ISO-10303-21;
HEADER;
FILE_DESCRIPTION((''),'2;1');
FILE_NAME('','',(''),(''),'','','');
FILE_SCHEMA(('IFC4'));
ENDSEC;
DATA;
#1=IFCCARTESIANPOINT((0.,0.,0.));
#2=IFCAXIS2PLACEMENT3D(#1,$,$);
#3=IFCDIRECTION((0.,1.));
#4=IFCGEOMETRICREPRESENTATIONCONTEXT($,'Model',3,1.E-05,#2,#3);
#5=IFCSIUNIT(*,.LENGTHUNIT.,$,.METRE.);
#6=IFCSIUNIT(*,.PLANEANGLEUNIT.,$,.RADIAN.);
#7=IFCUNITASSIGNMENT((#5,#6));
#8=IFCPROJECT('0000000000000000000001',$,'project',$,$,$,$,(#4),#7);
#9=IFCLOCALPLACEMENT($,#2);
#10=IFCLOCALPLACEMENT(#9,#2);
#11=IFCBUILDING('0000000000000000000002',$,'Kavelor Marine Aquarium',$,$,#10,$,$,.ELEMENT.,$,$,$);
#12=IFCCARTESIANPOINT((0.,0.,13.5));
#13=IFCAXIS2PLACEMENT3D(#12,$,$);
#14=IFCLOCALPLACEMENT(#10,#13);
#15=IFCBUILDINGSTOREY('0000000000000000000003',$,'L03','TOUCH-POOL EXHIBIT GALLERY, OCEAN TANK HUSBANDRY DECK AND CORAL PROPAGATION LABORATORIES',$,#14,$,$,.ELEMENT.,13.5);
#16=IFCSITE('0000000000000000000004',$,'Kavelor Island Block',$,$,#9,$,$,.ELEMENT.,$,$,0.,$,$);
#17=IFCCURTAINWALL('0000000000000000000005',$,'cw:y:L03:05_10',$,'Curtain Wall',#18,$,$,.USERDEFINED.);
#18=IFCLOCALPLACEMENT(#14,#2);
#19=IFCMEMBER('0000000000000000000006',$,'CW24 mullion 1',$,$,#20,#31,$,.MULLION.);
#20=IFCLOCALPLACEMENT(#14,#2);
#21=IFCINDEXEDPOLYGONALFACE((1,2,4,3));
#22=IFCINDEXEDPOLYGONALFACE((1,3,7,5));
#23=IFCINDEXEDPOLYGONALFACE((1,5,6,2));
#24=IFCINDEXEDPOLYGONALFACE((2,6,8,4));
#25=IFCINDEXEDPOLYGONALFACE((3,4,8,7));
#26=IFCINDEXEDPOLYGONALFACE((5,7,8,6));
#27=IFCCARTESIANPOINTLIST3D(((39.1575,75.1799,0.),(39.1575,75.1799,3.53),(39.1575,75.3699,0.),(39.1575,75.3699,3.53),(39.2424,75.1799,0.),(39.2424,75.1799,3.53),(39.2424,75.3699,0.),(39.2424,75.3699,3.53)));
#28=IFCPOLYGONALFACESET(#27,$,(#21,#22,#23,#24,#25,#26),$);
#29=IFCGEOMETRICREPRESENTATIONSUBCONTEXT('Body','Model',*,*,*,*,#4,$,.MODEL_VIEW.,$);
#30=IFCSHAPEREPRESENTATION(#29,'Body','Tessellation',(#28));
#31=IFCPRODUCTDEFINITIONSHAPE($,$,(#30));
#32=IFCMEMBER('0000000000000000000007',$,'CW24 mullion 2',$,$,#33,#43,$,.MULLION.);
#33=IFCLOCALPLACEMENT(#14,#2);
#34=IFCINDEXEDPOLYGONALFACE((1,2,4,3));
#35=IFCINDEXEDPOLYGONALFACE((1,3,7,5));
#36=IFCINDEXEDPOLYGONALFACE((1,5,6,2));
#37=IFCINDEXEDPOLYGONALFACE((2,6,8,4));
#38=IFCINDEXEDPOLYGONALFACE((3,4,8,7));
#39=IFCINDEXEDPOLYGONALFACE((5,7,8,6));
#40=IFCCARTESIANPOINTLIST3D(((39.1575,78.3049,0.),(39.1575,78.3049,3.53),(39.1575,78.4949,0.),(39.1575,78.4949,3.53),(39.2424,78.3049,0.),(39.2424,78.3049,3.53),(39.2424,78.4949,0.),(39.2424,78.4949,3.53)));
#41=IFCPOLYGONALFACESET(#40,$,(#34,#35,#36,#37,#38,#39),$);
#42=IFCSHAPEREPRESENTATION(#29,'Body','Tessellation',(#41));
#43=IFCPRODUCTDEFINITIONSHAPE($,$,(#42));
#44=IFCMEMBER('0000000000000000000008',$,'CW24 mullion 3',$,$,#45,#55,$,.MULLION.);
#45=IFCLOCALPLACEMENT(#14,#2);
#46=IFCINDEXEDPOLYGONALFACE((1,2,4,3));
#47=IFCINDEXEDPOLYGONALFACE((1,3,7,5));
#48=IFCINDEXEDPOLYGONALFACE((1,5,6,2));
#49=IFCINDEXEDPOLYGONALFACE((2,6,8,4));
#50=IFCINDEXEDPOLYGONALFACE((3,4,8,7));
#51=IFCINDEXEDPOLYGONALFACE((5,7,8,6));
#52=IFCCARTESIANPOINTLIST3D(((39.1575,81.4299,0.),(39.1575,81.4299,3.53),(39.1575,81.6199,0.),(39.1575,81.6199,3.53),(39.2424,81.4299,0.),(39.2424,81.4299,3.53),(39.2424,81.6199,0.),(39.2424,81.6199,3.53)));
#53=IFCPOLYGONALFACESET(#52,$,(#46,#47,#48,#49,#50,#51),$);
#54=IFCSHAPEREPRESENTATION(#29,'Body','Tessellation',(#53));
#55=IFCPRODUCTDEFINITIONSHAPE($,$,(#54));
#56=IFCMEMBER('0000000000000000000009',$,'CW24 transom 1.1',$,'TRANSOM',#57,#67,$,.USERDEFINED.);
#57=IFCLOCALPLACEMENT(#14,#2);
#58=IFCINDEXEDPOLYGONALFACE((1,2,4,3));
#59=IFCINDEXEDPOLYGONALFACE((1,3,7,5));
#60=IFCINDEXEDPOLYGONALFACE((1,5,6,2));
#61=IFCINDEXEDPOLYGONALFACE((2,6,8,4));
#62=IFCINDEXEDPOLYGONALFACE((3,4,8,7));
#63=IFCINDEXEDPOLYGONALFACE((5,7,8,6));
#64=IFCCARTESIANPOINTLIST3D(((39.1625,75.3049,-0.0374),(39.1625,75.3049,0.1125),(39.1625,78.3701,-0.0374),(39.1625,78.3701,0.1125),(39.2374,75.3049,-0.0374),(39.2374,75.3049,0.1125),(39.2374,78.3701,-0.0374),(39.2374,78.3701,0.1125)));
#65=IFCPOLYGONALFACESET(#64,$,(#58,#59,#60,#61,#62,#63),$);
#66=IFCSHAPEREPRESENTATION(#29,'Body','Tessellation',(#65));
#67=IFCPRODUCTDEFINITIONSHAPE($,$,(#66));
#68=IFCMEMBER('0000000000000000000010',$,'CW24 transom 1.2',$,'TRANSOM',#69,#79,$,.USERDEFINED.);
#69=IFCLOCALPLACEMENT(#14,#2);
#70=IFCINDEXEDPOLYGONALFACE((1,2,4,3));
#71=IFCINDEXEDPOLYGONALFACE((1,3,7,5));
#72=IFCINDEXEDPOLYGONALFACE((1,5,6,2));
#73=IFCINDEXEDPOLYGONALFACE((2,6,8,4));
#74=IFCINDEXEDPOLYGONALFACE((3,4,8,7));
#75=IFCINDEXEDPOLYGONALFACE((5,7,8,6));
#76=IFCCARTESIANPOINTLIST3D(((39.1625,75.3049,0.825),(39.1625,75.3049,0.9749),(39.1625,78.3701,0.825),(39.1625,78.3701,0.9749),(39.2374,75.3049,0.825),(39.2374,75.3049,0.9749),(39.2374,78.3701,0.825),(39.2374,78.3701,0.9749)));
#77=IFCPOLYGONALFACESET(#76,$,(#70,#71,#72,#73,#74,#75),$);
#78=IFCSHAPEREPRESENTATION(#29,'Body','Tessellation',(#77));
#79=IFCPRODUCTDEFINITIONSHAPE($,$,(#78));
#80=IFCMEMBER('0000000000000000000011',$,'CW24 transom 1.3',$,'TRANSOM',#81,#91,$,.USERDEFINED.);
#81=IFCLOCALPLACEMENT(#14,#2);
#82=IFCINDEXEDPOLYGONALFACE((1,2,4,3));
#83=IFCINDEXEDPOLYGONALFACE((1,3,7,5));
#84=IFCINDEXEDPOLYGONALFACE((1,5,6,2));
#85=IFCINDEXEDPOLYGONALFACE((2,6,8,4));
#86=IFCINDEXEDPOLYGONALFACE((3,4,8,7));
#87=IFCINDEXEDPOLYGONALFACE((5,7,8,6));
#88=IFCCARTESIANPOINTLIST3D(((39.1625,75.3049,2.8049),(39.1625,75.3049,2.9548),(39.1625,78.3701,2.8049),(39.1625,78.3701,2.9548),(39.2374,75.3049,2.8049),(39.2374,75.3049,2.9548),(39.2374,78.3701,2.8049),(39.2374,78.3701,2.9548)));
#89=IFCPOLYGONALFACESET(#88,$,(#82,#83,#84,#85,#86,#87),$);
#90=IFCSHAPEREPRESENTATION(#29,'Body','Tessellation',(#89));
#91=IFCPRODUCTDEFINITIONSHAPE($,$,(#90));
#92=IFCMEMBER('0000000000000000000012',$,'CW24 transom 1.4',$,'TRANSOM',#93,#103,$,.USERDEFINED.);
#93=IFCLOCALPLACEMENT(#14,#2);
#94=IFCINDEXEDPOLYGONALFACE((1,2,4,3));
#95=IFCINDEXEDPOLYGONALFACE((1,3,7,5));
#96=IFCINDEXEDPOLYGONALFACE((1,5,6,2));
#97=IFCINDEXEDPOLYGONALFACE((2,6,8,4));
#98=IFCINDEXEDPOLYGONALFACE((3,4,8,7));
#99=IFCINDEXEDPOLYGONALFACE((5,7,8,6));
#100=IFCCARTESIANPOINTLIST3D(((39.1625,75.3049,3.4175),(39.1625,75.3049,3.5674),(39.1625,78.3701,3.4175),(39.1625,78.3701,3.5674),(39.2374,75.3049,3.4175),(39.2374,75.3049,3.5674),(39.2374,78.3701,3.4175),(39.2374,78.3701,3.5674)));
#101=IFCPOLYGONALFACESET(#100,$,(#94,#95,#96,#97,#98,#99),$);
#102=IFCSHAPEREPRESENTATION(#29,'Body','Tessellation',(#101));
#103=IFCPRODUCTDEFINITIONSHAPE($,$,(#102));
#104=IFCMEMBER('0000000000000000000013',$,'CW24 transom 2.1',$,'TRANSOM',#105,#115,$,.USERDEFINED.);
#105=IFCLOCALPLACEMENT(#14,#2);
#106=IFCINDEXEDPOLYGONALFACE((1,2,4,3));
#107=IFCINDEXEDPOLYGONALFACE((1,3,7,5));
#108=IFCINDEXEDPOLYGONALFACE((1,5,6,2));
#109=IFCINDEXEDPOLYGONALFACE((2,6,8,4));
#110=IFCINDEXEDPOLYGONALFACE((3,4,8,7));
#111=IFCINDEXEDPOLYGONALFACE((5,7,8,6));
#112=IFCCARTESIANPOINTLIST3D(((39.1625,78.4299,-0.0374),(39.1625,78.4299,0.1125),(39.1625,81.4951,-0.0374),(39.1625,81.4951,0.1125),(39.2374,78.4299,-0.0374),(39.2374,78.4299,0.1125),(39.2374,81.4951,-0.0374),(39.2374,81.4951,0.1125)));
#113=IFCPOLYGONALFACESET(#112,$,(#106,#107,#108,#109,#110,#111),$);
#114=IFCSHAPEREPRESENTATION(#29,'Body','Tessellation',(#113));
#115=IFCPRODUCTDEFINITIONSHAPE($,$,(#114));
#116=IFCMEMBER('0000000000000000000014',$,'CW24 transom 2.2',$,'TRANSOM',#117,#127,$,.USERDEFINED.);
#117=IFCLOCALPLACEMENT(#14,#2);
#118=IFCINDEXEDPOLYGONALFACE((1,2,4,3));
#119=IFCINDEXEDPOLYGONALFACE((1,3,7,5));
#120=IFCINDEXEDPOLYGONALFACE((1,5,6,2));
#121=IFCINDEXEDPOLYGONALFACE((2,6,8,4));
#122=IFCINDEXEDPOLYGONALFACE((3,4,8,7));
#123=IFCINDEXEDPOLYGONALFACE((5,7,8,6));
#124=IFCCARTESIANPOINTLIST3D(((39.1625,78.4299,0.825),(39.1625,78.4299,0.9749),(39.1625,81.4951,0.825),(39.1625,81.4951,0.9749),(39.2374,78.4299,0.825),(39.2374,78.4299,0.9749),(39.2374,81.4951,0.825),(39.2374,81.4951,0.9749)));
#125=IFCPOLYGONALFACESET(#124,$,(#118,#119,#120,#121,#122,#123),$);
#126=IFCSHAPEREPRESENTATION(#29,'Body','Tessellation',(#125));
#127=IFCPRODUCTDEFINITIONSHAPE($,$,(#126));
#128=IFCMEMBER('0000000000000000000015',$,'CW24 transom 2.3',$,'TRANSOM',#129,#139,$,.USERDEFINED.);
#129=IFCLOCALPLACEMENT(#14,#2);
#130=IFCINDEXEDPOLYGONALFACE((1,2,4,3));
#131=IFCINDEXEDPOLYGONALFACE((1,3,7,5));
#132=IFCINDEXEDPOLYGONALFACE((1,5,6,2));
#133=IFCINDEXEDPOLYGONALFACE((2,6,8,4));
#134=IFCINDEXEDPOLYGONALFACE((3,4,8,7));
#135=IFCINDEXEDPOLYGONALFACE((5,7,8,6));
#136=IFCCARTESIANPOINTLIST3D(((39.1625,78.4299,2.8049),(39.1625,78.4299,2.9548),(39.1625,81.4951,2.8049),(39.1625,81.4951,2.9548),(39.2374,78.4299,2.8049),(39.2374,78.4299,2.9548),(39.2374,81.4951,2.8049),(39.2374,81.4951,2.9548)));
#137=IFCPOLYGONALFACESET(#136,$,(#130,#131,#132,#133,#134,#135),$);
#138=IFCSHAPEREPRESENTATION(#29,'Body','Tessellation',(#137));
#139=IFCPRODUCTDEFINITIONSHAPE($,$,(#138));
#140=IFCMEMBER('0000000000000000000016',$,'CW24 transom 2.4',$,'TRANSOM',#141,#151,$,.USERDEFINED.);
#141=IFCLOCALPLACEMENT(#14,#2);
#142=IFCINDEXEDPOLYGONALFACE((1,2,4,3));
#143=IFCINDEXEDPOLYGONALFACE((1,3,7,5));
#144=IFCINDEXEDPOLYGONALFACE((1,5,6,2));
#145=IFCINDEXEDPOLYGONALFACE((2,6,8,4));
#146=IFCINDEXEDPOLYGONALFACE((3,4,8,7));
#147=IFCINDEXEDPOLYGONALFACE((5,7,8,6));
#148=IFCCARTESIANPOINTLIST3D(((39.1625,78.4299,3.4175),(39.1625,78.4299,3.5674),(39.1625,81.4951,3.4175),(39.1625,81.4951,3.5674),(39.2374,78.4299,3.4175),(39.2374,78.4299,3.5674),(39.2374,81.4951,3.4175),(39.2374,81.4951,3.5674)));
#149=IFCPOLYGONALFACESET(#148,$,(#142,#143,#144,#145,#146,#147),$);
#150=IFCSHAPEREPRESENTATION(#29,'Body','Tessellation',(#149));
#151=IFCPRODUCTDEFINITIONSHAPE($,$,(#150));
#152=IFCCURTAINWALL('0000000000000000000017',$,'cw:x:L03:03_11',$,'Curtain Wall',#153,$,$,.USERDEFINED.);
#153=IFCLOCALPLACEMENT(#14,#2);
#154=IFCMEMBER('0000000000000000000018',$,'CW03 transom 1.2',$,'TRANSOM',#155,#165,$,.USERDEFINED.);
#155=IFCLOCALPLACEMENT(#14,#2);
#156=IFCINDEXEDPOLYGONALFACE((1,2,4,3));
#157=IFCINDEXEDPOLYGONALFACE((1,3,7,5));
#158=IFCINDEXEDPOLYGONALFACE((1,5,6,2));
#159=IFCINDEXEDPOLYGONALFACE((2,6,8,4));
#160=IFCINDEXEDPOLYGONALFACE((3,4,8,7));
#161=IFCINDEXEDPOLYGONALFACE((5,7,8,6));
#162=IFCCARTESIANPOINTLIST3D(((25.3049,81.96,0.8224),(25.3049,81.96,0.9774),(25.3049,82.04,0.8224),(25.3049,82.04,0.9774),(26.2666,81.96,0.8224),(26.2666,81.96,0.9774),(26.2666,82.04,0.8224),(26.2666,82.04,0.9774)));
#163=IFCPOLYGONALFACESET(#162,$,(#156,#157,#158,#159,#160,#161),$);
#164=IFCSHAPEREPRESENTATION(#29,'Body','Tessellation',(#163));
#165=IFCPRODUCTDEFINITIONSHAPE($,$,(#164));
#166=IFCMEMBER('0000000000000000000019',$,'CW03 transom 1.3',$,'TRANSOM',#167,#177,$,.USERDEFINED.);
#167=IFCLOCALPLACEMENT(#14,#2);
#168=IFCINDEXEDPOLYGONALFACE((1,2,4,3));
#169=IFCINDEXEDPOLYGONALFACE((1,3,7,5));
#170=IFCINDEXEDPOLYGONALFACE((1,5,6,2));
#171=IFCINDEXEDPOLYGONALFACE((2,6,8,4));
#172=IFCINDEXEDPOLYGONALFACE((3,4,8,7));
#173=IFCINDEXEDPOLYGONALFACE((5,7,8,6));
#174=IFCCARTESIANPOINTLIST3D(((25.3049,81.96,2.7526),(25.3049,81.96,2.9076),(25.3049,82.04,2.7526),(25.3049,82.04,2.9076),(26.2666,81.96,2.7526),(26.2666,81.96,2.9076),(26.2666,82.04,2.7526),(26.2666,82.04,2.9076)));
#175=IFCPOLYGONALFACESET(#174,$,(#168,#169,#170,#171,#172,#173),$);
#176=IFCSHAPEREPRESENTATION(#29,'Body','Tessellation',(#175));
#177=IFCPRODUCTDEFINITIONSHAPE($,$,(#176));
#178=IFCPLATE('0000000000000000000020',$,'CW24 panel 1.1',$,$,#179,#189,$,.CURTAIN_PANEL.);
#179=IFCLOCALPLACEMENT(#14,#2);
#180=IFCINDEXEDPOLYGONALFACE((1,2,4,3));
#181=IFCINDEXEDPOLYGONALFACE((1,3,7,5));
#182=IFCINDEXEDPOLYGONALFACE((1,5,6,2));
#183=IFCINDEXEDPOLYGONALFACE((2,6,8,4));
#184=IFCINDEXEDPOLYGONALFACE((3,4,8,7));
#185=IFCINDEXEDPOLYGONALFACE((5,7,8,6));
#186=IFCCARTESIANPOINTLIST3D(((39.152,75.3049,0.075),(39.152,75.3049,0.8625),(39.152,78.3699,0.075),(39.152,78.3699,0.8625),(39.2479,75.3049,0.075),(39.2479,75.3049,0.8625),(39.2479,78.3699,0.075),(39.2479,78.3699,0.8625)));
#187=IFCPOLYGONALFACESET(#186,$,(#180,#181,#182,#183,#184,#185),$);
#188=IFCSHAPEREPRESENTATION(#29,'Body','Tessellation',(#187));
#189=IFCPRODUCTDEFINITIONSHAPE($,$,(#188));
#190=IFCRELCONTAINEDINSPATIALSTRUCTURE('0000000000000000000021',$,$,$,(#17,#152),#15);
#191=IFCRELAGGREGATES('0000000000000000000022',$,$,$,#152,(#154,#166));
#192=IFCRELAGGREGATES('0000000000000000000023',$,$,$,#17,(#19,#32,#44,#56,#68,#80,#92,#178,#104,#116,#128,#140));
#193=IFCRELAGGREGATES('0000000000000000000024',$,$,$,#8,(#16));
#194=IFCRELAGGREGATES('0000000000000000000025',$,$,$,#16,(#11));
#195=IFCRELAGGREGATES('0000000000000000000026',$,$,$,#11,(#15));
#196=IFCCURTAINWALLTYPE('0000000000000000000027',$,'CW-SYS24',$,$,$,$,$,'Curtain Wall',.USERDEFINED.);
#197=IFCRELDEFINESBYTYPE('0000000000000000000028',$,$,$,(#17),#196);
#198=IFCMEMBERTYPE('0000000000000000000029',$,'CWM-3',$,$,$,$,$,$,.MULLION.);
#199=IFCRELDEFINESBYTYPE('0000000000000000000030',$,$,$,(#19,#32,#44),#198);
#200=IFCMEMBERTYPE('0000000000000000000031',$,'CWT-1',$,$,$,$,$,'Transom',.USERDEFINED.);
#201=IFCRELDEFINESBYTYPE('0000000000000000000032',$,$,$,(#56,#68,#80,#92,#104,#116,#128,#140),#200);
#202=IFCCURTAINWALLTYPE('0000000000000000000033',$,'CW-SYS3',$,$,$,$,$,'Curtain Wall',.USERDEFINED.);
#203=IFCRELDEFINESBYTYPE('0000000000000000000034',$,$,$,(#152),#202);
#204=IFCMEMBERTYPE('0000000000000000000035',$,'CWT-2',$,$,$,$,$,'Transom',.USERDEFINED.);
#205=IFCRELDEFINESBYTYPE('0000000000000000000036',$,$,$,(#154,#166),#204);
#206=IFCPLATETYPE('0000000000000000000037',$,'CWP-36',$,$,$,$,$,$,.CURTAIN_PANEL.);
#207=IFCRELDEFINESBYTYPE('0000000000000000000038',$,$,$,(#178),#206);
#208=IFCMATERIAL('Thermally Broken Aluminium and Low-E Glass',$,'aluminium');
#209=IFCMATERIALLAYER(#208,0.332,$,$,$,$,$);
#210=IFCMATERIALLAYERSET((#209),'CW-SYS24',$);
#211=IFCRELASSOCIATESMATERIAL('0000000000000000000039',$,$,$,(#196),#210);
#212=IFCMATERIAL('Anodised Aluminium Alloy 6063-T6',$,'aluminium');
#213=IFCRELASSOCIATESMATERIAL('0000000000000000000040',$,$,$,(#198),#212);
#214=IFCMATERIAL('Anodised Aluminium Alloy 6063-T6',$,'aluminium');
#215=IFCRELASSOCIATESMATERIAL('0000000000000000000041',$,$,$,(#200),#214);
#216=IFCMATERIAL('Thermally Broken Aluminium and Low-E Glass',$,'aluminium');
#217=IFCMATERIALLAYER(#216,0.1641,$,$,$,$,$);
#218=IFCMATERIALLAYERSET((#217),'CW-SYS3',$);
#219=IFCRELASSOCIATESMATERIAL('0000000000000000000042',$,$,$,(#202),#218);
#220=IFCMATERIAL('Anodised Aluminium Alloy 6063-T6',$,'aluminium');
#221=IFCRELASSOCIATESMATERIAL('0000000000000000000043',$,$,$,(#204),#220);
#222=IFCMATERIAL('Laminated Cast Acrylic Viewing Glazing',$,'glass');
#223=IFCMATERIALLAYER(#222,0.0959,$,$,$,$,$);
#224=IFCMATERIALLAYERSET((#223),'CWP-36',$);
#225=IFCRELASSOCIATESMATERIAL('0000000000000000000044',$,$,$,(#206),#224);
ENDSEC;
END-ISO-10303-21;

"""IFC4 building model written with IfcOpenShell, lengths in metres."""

from ifc_helpers import new_model, si_unit, direction, frame, origin, origin_2d, place, context, subcontext, project, spatial, rectangle, extrude, material, layer, layer_set, material_profile, profile_set, type_object, element, aggregate, save


model = new_model("IFC4")

# Units and contexts
model_context = context("Model", 3, precision=1e-05, world=origin(), true_north=direction((0.0, 1.0)))
body_context = subcontext(model_context, "Body", "Model", "MODEL_VIEW")
ifc_project = project(units=[si_unit("LENGTHUNIT", "METRE"), si_unit("PLANEANGLEUNIT", "RADIAN")], contexts=[model_context])

# Site, building, storey
site_placement = place(None, origin())
site = spatial("IfcSite", under=ifc_project, at=site_placement, Name="Kavelor Island Block", CompositionType="ELEMENT", RefElevation=0.0)
building_placement = place(site_placement, origin())
building = spatial("IfcBuilding", under=site, at=building_placement, Name="Kavelor Marine Aquarium", CompositionType="ELEMENT")
storey_placement = place(building_placement, frame((0.0, 0.0, 13.5)))
storey = spatial("IfcBuildingStorey", under=building, at=storey_placement, Name="L03", Description="TOUCH-POOL EXHIBIT GALLERY, OCEAN TANK HUSBANDRY DECK AND CORAL PROPAGATION LABORATORIES", CompositionType="ELEMENT", Elevation=13.5)

# Curtain walls, members
ifc_material_1 = material(Name="Thermally Broken Aluminium and Low-E Glass", Category="aluminium")
ifc_layer_1 = layer(ifc_material_1, 0.332)
ifc_layer_set_1 = layer_set([ifc_layer_1], Name="CW-SYS24")
curtain_wall_type_1 = type_object("IfcCurtainWallType", Name="CW-SYS24", ElementType="Curtain Wall", PredefinedType="USERDEFINED", material=ifc_layer_set_1)
curtain_wall_1_placement = place(storey_placement, origin())
curtain_wall_1 = element("IfcCurtainWall", 1, at=curtain_wall_1_placement, inside=storey, type_object=curtain_wall_type_1, Name="cw:y:L03:05_10", ObjectType="Curtain Wall", PredefinedType="USERDEFINED")
ifc_material_2 = material(Name="Anodised Aluminium Alloy 6063-T6", Category="aluminium")
ifc_material_profile_1 = material_profile(ifc_material_2, rectangle(XDim=0.085, YDim=0.1899, at=origin_2d()), Name="CW-MUL 85x190")
ifc_profile_set_1 = profile_set([ifc_material_profile_1], Name="Anodised Aluminium Alloy 6063-T6")
member_type_1 = type_object("IfcMemberType", Name="CWM-3", PredefinedType="MULLION", material=ifc_profile_set_1)
member_1_placement = place(storey_placement, frame((39.2, 75.2749, 0.0), z_axis=(0.0, 0.0, 1.0), x_axis=(-1.0, 0.0, 0.0)))
member_1 = element("IfcMember", 2, at=member_1_placement, type_object=member_type_1, Name="CW24 mullion 1", PredefinedType="MULLION", context=body_context, shape_type="SweptSolid", body=[
    extrude(rectangle(XDim=0.085, YDim=0.1899, at=origin_2d()), origin(), (0.0, 0.0, 1.0), 3.53),
])
member_2_placement = place(storey_placement, frame((39.2, 78.3999, 0.0), z_axis=(0.0, 0.0, 1.0), x_axis=(-1.0, 0.0, 0.0)))
member_2 = element("IfcMember", 3, at=member_2_placement, type_object=member_type_1, Name="CW24 mullion 2", PredefinedType="MULLION", context=body_context, shape_type="SweptSolid", body=[
    extrude(rectangle(XDim=0.085, YDim=0.1899, at=origin_2d()), origin(), (0.0, 0.0, 1.0), 3.53),
])
member_3_placement = place(storey_placement, frame((39.2, 81.5249, 0.0), z_axis=(0.0, 0.0, 1.0), x_axis=(-1.0, 0.0, 0.0)))
member_3 = element("IfcMember", 4, at=member_3_placement, type_object=member_type_1, Name="CW24 mullion 3", PredefinedType="MULLION", context=body_context, shape_type="SweptSolid", body=[
    extrude(rectangle(XDim=0.085, YDim=0.1899, at=origin_2d()), origin(), (0.0, 0.0, 1.0), 3.53),
])
ifc_material_3 = material(Name="Anodised Aluminium Alloy 6063-T6", Category="aluminium")
ifc_material_profile_2 = material_profile(ifc_material_3, rectangle(XDim=0.075, YDim=0.1499, at=origin_2d()), Name="CW-TRN 75x150")
ifc_profile_set_2 = profile_set([ifc_material_profile_2], Name="Anodised Aluminium Alloy 6063-T6")
member_type_2 = type_object("IfcMemberType", Name="CWT-1", ElementType="Transom", PredefinedType="USERDEFINED", material=ifc_profile_set_2)
member_4_placement = place(storey_placement, frame((39.2, 75.3049, 0.0376), z_axis=(0.0, 1.0, 0.0), x_axis=(-1.0, 0.0, 0.0)))
member_4 = element("IfcMember", 5, at=member_4_placement, type_object=member_type_2, Name="CW24 transom 1.1", ObjectType="TRANSOM", PredefinedType="USERDEFINED", context=body_context, shape_type="SweptSolid", body=[
    extrude(rectangle(XDim=0.075, YDim=0.1499, at=origin_2d()), origin(), (0.0, 0.0, 1.0), 3.0652),
])
member_5_placement = place(storey_placement, frame((39.2, 75.3049, 0.8999), z_axis=(0.0, 1.0, 0.0), x_axis=(-1.0, 0.0, 0.0)))
member_5 = element("IfcMember", 6, at=member_5_placement, type_object=member_type_2, Name="CW24 transom 1.2", ObjectType="TRANSOM", PredefinedType="USERDEFINED", context=body_context, shape_type="SweptSolid", body=[
    extrude(rectangle(XDim=0.075, YDim=0.1499, at=origin_2d()), origin(), (0.0, 0.0, 1.0), 3.0652),
])
member_6_placement = place(storey_placement, frame((39.2, 75.3049, 2.8799), z_axis=(0.0, 1.0, 0.0), x_axis=(-1.0, 0.0, 0.0)))
member_6 = element("IfcMember", 7, at=member_6_placement, type_object=member_type_2, Name="CW24 transom 1.3", ObjectType="TRANSOM", PredefinedType="USERDEFINED", context=body_context, shape_type="SweptSolid", body=[
    extrude(rectangle(XDim=0.075, YDim=0.1499, at=origin_2d()), origin(), (0.0, 0.0, 1.0), 3.0652),
])
member_7_placement = place(storey_placement, frame((39.2, 75.3049, 3.4924), z_axis=(0.0, 1.0, 0.0), x_axis=(-1.0, 0.0, 0.0)))
member_7 = element("IfcMember", 8, at=member_7_placement, type_object=member_type_2, Name="CW24 transom 1.4", ObjectType="TRANSOM", PredefinedType="USERDEFINED", context=body_context, shape_type="SweptSolid", body=[
    extrude(rectangle(XDim=0.075, YDim=0.1499, at=origin_2d()), origin(), (0.0, 0.0, 1.0), 3.0652),
])
member_8_placement = place(storey_placement, frame((39.2, 78.4299, 0.0376), z_axis=(0.0, 1.0, 0.0), x_axis=(-1.0, 0.0, 0.0)))
member_8 = element("IfcMember", 9, at=member_8_placement, type_object=member_type_2, Name="CW24 transom 2.1", ObjectType="TRANSOM", PredefinedType="USERDEFINED", context=body_context, shape_type="SweptSolid", body=[
    extrude(rectangle(XDim=0.075, YDim=0.1499, at=origin_2d()), origin(), (0.0, 0.0, 1.0), 3.0652),
])
member_9_placement = place(storey_placement, frame((39.2, 78.4299, 0.8999), z_axis=(0.0, 1.0, 0.0), x_axis=(-1.0, 0.0, 0.0)))
member_9 = element("IfcMember", 10, at=member_9_placement, type_object=member_type_2, Name="CW24 transom 2.2", ObjectType="TRANSOM", PredefinedType="USERDEFINED", context=body_context, shape_type="SweptSolid", body=[
    extrude(rectangle(XDim=0.075, YDim=0.1499, at=origin_2d()), origin(), (0.0, 0.0, 1.0), 3.0652),
])
member_10_placement = place(storey_placement, frame((39.2, 78.4299, 2.8799), z_axis=(0.0, 1.0, 0.0), x_axis=(-1.0, 0.0, 0.0)))
member_10 = element("IfcMember", 11, at=member_10_placement, type_object=member_type_2, Name="CW24 transom 2.3", ObjectType="TRANSOM", PredefinedType="USERDEFINED", context=body_context, shape_type="SweptSolid", body=[
    extrude(rectangle(XDim=0.075, YDim=0.1499, at=origin_2d()), origin(), (0.0, 0.0, 1.0), 3.0652),
])
member_11_placement = place(storey_placement, frame((39.2, 78.4299, 3.4924), z_axis=(0.0, 1.0, 0.0), x_axis=(-1.0, 0.0, 0.0)))
member_11 = element("IfcMember", 12, at=member_11_placement, type_object=member_type_2, Name="CW24 transom 2.4", ObjectType="TRANSOM", PredefinedType="USERDEFINED", context=body_context, shape_type="SweptSolid", body=[
    extrude(rectangle(XDim=0.075, YDim=0.1499, at=origin_2d()), origin(), (0.0, 0.0, 1.0), 3.0652),
])
ifc_material_4 = material(Name="Thermally Broken Aluminium and Low-E Glass", Category="aluminium")
ifc_layer_2 = layer(ifc_material_4, 0.1641)
ifc_layer_set_2 = layer_set([ifc_layer_2], Name="CW-SYS3")
curtain_wall_type_2 = type_object("IfcCurtainWallType", Name="CW-SYS3", ElementType="Curtain Wall", PredefinedType="USERDEFINED", material=ifc_layer_set_2)
curtain_wall_2_placement = place(storey_placement, origin())
curtain_wall_2 = element("IfcCurtainWall", 13, at=curtain_wall_2_placement, inside=storey, type_object=curtain_wall_type_2, Name="cw:x:L03:03_11", ObjectType="Curtain Wall", PredefinedType="USERDEFINED")
ifc_material_5 = material(Name="Anodised Aluminium Alloy 6063-T6", Category="aluminium")
ifc_material_profile_3 = material_profile(ifc_material_5, rectangle(XDim=0.0801, YDim=0.155, at=origin_2d()), Name="CW-TRN 80x155")
ifc_profile_set_3 = profile_set([ifc_material_profile_3], Name="Anodised Aluminium Alloy 6063-T6")
member_type_3 = type_object("IfcMemberType", Name="CWT-2", ElementType="Transom", PredefinedType="USERDEFINED", material=ifc_profile_set_3)
member_12_placement = place(storey_placement, frame((25.3049, 82.0, 0.8999), z_axis=(1.0, 0.0, 0.0), x_axis=(0.0, 1.0, 0.0)))
member_12 = element("IfcMember", 14, at=member_12_placement, type_object=member_type_3, Name="CW03 transom 1.2", ObjectType="TRANSOM", PredefinedType="USERDEFINED", context=body_context, shape_type="SweptSolid", body=[
    extrude(rectangle(XDim=0.0801, YDim=0.155, at=origin_2d()), origin(), (0.0, 0.0, 1.0), 0.9617),
])
member_13_placement = place(storey_placement, frame((25.3049, 82.0, 2.8301), z_axis=(1.0, 0.0, 0.0), x_axis=(0.0, 1.0, 0.0)))
member_13 = element("IfcMember", 15, at=member_13_placement, type_object=member_type_3, Name="CW03 transom 1.3", ObjectType="TRANSOM", PredefinedType="USERDEFINED", context=body_context, shape_type="SweptSolid", body=[
    extrude(rectangle(XDim=0.0801, YDim=0.155, at=origin_2d()), origin(), (0.0, 0.0, 1.0), 0.9617),
])
aggregate(curtain_wall_2, [member_12, member_13])

# Plate
ifc_material_6 = material(Name="Laminated Cast Acrylic Viewing Glazing", Category="glass")
ifc_layer_3 = layer(ifc_material_6, 0.0959)
ifc_layer_set_3 = layer_set([ifc_layer_3], Name="CWP-36")
plate_type = type_object("IfcPlateType", Name="CWP-36", PredefinedType="CURTAIN_PANEL", material=ifc_layer_set_3)
plate_1_placement = place(storey_placement, frame((39.2, 76.8374, 0.075), z_axis=(0.0, 0.0, 1.0), x_axis=(0.0, 1.0, 0.0)))
plate_1 = element("IfcPlate", 16, at=plate_1_placement, type_object=plate_type, Name="CW24 panel 1.1", PredefinedType="CURTAIN_PANEL", context=body_context, shape_type="SweptSolid", body=[
    extrude(rectangle(XDim=3.0649, YDim=0.0959, at=origin_2d()), origin(), (0.0, 0.0, 1.0), 0.7876),
])
aggregate(curtain_wall_1, [member_1, member_2, member_3, member_4, member_5, member_6, member_7, plate_1, member_8, member_9, member_10, member_11])

save(model, "model.ifc")
